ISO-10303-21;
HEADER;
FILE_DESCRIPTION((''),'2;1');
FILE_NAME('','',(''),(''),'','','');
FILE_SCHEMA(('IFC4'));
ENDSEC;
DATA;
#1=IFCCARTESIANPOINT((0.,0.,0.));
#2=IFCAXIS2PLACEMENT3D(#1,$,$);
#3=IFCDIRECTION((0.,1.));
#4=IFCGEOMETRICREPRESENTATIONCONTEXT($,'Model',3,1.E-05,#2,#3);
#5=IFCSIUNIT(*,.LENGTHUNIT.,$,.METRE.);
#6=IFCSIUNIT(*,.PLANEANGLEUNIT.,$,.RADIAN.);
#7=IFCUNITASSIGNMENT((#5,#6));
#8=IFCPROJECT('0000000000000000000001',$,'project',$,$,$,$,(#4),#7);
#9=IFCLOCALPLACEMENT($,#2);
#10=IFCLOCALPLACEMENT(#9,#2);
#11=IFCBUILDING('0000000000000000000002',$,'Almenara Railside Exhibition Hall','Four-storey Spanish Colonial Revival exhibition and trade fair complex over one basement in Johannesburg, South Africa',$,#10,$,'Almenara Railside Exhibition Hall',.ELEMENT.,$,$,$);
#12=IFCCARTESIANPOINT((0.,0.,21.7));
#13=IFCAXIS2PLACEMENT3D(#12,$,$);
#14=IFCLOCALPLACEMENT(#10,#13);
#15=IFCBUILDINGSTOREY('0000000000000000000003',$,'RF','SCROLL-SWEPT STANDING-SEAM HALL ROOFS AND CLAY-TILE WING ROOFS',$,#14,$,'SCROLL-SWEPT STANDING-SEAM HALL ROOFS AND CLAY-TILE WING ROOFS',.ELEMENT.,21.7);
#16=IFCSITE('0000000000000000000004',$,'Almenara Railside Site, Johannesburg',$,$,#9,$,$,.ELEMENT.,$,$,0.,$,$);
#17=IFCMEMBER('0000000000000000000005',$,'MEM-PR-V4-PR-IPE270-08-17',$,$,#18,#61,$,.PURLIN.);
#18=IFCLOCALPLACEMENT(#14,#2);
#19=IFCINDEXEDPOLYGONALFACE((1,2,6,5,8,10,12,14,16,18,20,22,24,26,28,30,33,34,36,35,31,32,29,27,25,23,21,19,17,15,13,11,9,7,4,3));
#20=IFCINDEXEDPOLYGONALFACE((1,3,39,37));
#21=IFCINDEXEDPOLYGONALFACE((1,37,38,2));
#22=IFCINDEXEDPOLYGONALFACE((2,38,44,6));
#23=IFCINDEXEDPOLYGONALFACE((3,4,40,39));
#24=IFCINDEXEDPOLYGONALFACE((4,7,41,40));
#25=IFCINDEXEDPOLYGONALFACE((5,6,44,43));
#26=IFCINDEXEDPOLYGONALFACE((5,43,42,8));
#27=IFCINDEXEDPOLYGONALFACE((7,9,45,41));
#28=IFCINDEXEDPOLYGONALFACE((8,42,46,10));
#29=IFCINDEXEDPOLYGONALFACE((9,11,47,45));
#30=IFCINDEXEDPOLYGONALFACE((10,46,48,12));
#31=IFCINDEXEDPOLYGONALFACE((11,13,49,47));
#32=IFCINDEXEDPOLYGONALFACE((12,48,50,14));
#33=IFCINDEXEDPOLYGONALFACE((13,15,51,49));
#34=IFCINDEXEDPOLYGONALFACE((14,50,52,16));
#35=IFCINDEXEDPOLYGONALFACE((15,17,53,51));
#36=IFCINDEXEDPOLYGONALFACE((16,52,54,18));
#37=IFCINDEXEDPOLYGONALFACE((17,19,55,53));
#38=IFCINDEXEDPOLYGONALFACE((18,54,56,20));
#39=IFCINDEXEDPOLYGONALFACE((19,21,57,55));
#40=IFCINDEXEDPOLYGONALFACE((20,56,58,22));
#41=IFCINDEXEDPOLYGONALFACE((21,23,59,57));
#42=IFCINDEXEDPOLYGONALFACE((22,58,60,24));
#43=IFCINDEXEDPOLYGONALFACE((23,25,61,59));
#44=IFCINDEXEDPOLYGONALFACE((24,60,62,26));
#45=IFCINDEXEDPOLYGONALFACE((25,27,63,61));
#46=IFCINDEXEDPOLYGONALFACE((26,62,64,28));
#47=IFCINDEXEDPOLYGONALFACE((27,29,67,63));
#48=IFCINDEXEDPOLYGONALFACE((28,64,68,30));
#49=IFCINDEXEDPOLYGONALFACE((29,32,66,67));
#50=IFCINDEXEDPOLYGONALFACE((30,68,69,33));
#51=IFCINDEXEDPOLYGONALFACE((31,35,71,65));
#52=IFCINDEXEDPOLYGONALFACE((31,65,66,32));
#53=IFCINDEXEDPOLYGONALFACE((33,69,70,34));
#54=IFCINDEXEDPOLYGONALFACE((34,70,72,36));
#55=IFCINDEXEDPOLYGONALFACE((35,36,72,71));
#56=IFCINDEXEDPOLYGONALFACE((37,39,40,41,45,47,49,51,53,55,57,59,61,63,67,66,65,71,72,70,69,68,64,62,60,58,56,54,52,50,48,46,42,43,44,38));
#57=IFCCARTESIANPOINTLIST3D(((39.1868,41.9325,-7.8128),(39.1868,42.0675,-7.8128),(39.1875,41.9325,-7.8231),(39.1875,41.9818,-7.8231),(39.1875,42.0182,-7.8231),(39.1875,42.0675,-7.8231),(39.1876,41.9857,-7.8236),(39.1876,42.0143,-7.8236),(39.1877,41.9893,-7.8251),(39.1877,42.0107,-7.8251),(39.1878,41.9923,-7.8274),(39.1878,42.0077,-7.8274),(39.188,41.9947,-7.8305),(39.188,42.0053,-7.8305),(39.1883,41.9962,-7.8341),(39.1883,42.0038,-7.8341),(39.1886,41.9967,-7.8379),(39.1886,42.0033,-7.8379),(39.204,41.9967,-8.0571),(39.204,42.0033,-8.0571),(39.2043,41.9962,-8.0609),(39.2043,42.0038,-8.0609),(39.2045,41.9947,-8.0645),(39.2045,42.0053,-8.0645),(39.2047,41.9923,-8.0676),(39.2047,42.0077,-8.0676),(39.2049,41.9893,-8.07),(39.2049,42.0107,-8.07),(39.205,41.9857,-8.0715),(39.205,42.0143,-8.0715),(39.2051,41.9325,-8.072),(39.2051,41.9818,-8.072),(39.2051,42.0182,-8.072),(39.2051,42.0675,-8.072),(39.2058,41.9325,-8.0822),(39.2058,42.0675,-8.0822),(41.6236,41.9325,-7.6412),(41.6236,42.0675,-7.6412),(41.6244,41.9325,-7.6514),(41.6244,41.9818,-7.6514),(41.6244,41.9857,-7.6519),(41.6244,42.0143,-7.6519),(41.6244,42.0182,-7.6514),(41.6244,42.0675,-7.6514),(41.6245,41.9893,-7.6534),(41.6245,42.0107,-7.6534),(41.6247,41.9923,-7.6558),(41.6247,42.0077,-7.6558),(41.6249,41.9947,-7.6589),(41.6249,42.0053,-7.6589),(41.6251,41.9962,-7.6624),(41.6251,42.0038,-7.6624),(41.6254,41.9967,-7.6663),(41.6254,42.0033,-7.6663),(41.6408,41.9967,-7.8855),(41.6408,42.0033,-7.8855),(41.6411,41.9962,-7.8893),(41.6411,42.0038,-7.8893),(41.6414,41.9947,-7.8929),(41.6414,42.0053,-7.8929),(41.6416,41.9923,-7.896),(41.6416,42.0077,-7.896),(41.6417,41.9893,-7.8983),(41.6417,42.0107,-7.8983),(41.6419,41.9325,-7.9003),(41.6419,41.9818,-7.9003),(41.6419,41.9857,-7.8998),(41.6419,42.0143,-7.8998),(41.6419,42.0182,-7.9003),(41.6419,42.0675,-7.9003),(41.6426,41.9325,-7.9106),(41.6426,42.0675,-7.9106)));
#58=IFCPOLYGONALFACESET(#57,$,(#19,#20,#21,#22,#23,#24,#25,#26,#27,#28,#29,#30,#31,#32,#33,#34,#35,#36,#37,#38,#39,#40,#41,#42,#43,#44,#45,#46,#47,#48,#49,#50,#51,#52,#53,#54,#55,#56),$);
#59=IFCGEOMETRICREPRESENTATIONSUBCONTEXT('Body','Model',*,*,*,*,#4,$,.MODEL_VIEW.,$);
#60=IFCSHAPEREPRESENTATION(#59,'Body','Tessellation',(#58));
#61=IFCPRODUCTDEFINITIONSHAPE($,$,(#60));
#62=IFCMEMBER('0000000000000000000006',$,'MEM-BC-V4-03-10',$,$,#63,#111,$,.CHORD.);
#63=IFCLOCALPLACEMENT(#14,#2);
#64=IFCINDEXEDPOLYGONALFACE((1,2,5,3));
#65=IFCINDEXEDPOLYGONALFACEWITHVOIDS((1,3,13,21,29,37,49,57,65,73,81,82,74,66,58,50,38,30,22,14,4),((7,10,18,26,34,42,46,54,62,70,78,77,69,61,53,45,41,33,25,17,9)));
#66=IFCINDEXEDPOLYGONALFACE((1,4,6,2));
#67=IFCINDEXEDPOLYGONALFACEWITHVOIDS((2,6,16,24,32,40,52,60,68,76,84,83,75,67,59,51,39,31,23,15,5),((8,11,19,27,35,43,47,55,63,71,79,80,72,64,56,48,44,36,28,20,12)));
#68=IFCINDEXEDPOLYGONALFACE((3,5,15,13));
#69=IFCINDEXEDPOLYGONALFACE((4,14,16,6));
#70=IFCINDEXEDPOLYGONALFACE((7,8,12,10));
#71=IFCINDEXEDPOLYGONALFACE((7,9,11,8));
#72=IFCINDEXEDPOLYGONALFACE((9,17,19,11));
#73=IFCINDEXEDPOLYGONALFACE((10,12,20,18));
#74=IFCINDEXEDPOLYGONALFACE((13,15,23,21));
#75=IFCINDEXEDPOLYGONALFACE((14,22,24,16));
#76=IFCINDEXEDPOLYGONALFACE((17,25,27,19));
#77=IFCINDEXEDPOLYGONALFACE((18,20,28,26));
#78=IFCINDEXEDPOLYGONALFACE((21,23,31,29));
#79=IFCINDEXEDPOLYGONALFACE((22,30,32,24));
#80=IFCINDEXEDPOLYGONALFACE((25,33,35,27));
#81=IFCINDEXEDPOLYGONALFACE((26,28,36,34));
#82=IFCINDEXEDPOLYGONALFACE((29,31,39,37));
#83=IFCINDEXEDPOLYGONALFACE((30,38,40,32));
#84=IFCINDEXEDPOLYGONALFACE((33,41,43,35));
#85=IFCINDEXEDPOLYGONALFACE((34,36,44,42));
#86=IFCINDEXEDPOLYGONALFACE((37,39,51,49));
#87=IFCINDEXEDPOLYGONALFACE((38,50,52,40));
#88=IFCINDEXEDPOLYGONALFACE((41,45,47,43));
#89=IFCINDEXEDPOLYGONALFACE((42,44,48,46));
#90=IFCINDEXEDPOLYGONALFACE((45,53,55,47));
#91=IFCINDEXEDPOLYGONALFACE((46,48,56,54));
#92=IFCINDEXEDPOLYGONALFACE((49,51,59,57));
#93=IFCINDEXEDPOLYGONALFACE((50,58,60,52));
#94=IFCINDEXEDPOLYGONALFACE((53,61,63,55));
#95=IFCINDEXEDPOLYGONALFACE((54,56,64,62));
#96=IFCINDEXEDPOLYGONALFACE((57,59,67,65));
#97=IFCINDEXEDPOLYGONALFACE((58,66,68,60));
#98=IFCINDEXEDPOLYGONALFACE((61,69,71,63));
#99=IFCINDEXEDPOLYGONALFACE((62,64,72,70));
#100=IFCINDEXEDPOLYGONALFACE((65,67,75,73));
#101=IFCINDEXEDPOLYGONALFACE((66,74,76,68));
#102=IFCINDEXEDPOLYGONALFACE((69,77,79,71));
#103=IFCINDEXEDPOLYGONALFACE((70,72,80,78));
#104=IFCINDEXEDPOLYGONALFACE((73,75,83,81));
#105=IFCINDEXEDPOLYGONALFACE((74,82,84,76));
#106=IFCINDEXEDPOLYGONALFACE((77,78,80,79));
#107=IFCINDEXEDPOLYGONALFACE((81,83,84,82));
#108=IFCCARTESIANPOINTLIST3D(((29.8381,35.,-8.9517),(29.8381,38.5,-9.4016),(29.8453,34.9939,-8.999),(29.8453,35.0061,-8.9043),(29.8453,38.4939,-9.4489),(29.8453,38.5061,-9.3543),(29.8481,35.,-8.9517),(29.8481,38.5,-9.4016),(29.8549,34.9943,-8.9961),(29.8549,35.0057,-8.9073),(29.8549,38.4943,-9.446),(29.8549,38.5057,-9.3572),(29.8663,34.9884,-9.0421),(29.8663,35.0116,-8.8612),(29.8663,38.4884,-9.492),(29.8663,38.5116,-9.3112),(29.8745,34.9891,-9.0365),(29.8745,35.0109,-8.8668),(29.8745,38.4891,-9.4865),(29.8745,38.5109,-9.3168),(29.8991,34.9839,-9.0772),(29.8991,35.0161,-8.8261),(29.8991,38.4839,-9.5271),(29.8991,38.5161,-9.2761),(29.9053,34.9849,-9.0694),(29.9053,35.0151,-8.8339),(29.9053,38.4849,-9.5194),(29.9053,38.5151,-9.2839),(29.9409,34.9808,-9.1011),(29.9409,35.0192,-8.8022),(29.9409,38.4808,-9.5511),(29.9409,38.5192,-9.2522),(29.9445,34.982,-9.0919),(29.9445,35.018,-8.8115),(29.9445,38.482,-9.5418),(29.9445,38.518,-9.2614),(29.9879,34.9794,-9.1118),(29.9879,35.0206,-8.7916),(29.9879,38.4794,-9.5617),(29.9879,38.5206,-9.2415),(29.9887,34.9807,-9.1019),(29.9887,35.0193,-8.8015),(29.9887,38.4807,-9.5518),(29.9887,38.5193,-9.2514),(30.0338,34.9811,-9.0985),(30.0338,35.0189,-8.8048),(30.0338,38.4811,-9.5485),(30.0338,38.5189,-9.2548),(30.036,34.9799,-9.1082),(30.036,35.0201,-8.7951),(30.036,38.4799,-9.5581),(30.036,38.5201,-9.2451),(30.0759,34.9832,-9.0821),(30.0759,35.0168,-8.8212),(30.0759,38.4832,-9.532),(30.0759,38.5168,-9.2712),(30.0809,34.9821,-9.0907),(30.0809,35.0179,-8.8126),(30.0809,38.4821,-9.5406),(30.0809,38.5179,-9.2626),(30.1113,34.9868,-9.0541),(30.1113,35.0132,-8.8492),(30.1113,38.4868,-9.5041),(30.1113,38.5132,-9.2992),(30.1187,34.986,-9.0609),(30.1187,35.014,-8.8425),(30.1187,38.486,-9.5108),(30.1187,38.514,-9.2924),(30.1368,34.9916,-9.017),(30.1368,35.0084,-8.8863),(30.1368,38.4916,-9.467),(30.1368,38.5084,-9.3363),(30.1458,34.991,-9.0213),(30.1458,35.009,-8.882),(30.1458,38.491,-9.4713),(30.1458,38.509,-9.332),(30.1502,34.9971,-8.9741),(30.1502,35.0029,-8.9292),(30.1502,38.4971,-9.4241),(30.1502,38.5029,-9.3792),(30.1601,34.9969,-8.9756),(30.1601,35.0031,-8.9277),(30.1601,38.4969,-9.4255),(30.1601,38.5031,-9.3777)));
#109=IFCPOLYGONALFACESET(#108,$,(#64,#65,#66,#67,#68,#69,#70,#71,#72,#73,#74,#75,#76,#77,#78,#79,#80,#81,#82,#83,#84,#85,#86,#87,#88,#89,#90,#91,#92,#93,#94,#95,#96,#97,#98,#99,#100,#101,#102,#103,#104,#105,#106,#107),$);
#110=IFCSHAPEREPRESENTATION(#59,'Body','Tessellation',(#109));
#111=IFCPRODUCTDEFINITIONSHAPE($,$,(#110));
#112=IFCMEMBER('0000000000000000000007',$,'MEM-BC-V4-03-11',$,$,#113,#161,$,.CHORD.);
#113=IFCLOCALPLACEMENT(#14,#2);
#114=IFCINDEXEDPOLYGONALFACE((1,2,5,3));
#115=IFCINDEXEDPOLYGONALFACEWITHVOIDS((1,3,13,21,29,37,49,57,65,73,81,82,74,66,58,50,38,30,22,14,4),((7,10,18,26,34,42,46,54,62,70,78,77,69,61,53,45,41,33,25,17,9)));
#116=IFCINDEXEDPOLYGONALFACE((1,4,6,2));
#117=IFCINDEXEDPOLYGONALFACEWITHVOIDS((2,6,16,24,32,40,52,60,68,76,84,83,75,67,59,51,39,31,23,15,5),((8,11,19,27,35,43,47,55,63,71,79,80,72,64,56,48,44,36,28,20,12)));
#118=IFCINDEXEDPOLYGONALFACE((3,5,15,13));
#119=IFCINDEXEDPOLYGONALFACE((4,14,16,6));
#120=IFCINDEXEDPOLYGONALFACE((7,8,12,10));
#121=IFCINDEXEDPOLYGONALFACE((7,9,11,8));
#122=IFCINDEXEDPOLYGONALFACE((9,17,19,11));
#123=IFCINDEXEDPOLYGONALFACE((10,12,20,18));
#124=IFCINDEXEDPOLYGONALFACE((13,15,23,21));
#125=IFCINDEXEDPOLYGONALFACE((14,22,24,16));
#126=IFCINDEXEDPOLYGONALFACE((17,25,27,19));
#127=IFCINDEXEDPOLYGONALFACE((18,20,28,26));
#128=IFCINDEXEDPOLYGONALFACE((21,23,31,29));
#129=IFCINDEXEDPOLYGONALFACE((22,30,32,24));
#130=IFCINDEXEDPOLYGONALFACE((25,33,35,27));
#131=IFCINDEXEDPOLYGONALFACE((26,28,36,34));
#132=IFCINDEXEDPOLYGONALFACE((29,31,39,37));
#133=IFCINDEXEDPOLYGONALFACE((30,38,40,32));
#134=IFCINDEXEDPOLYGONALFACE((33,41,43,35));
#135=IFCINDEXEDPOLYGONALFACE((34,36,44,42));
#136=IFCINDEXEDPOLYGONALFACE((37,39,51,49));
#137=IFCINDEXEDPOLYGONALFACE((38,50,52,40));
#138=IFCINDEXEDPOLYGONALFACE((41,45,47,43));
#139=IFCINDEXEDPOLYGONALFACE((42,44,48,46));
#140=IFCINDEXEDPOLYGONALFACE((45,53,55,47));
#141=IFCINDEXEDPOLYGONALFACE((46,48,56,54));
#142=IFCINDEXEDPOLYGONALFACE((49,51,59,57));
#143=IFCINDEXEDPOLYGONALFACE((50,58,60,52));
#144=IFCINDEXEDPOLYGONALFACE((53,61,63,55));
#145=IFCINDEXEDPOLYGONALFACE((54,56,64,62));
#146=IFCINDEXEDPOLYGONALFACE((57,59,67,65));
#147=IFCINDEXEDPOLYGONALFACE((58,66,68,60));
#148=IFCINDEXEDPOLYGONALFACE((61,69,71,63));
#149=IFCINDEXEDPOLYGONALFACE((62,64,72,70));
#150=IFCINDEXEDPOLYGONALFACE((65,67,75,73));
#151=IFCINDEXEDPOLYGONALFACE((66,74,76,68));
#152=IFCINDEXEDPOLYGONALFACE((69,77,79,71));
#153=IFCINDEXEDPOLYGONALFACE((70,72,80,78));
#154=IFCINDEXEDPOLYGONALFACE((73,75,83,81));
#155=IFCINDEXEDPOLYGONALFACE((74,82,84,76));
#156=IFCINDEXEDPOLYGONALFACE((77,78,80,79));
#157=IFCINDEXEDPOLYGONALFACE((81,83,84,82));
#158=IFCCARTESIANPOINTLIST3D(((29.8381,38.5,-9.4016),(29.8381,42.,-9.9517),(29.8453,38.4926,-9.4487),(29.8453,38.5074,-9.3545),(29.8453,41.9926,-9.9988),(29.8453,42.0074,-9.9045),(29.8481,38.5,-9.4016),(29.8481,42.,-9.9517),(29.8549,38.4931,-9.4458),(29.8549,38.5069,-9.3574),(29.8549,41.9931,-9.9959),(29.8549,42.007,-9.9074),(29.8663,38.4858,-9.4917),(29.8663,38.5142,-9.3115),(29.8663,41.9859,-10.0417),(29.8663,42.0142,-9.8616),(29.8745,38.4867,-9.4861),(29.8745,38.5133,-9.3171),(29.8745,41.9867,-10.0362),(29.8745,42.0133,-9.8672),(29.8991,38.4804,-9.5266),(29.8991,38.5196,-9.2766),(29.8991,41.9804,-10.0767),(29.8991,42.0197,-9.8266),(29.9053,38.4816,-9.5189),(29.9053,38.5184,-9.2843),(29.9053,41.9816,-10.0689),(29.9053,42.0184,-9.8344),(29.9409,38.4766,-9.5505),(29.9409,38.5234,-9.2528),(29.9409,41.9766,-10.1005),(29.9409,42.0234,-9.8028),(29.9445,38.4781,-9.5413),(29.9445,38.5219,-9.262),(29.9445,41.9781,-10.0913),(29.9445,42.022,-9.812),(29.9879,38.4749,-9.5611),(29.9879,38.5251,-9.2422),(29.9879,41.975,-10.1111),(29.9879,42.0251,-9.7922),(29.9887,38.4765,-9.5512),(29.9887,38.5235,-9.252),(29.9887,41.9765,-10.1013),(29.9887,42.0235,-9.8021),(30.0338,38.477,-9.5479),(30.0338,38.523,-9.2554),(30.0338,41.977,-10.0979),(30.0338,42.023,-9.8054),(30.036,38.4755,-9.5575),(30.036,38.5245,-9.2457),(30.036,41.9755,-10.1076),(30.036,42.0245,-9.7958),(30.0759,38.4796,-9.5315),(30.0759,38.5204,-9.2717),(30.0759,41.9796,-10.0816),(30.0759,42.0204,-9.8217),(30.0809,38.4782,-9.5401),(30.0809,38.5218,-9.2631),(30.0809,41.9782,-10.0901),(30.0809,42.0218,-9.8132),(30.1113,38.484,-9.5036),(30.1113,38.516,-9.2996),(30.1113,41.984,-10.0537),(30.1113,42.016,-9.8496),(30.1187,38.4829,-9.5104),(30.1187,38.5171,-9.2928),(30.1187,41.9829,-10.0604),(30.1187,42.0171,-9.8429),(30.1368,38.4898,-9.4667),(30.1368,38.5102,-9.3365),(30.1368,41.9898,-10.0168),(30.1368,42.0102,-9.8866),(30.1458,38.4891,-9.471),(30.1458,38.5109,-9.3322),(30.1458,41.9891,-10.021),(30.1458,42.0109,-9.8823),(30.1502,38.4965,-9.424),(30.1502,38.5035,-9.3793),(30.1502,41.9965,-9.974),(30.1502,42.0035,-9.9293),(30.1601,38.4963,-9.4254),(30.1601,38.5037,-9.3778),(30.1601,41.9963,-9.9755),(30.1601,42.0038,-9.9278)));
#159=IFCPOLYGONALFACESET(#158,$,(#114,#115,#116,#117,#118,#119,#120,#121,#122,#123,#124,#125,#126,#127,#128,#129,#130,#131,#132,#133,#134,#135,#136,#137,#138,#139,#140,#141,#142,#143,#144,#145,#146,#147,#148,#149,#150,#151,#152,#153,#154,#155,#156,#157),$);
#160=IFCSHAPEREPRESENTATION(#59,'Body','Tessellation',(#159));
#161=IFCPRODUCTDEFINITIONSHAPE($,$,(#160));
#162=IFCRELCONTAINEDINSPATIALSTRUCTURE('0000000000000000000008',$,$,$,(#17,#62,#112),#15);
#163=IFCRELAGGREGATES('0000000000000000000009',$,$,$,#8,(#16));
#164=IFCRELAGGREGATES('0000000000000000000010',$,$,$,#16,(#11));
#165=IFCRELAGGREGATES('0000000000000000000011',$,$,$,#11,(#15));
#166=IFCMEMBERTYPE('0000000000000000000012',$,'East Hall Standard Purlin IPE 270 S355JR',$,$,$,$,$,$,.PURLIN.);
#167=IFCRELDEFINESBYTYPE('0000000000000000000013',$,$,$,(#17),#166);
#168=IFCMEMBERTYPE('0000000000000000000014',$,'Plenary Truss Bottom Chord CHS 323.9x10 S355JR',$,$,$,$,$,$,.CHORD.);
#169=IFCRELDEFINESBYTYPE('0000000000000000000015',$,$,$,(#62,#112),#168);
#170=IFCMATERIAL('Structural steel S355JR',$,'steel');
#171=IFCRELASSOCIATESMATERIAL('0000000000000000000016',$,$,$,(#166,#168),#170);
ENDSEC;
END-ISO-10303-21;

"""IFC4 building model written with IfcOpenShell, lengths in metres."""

from ifc_helpers import new_model, si_unit, direction, frame, origin, origin_2d, place, context, subcontext, project, spatial, hollow_circle, i_section, extrude, material, material_profile, profile_set, type_object, element, save


model = new_model("IFC4")

# Units and contexts
model_context = context("Model", 3, precision=1e-05, world=origin(), true_north=direction((0.0, 1.0)))
body_context = subcontext(model_context, "Body", "Model", "MODEL_VIEW")
ifc_project = project(units=[si_unit("LENGTHUNIT", "METRE"), si_unit("PLANEANGLEUNIT", "RADIAN")], contexts=[model_context])

# Site, building, storey
site_placement = place(None, origin())
site = spatial("IfcSite", under=ifc_project, at=site_placement, Name="Almenara Railside Site, Johannesburg", CompositionType="ELEMENT", RefElevation=0.0)
building_placement = place(site_placement, origin())
building = spatial("IfcBuilding", under=site, at=building_placement, Name="Almenara Railside Exhibition Hall", Description="Four-storey Spanish Colonial Revival exhibition and trade fair complex over one basement in Johannesburg, South Africa", LongName="Almenara Railside Exhibition Hall", CompositionType="ELEMENT")
storey_placement = place(building_placement, frame((0.0, 0.0, 21.7)))
storey = spatial("IfcBuildingStorey", under=building, at=storey_placement, Name="RF", Description="SCROLL-SWEPT STANDING-SEAM HALL ROOFS AND CLAY-TILE WING ROOFS", LongName="SCROLL-SWEPT STANDING-SEAM HALL ROOFS AND CLAY-TILE WING ROOFS", CompositionType="ELEMENT", Elevation=21.7)

# Members
ifc_material = material(Name="Structural steel S355JR", Category="steel")
ifc_material_profile_1 = material_profile(ifc_material, i_section(OverallWidth=0.135, OverallDepth=0.27, WebThickness=0.0066, FlangeThickness=0.0103, FilletRadius=0.0149, at=origin_2d()), Name="IPE 270")
ifc_profile_set_1 = profile_set([ifc_material_profile_1], Name="Structural steel S355JR")
member_type_1 = type_object("IfcMemberType", Name="East Hall Standard Purlin IPE 270 S355JR", PredefinedType="PURLIN", material=ifc_profile_set_1)
member_1_placement = place(storey_placement, frame((39.1963, 42.0, -7.9475), z_axis=(0.997529, 0.0, 0.07026), x_axis=(0.0, 1.0, 0.0)))
element("IfcMember", 1, at=member_1_placement, inside=storey, type_object=member_type_1, Name="MEM-PR-V4-PR-IPE270-08-17", PredefinedType="PURLIN", context=body_context, shape_type="SweptSolid", body=[
    extrude(i_section(OverallWidth=0.135, OverallDepth=0.27, WebThickness=0.0066, FlangeThickness=0.0103, FilletRadius=0.0149, at=origin_2d()), origin(), (0.0, 0.0, 1.0), 2.4429),
])
ifc_material_profile_2 = material_profile(ifc_material, hollow_circle(Radius=0.1619, WallThickness=0.01, at=origin_2d()), Name="CHS 323.9x10")
ifc_profile_set_2 = profile_set([ifc_material_profile_2], Name="Structural steel S355JR")
member_type_2 = type_object("IfcMemberType", Name="Plenary Truss Bottom Chord CHS 323.9x10 S355JR", PredefinedType="CHORD", material=ifc_profile_set_2)
member_2_placement = place(storey_placement, frame((30.0, 35.0, -8.9517), z_axis=(0.0, 0.991838, -0.127508), x_axis=(-1.0, 0.0, 0.0)))
element("IfcMember", 2, at=member_2_placement, inside=storey, type_object=member_type_2, Name="MEM-BC-V4-03-10", PredefinedType="CHORD", context=body_context, shape_type="SweptSolid", body=[
    extrude(hollow_circle(Radius=0.1619, WallThickness=0.01, at=origin_2d()), origin(), (0.0, 0.0, 1.0), 3.5288),
])
member_3_placement = place(storey_placement, frame((30.0, 38.5, -9.4016), z_axis=(0.0, 0.987875, -0.155251), x_axis=(-1.0, 0.0, 0.0)))
element("IfcMember", 3, at=member_3_placement, inside=storey, type_object=member_type_2, Name="MEM-BC-V4-03-11", PredefinedType="CHORD", context=body_context, shape_type="SweptSolid", body=[
    extrude(hollow_circle(Radius=0.1619, WallThickness=0.01, at=origin_2d()), origin(), (0.0, 0.0, 1.0), 3.543),
])

save(model, "model.ifc")
